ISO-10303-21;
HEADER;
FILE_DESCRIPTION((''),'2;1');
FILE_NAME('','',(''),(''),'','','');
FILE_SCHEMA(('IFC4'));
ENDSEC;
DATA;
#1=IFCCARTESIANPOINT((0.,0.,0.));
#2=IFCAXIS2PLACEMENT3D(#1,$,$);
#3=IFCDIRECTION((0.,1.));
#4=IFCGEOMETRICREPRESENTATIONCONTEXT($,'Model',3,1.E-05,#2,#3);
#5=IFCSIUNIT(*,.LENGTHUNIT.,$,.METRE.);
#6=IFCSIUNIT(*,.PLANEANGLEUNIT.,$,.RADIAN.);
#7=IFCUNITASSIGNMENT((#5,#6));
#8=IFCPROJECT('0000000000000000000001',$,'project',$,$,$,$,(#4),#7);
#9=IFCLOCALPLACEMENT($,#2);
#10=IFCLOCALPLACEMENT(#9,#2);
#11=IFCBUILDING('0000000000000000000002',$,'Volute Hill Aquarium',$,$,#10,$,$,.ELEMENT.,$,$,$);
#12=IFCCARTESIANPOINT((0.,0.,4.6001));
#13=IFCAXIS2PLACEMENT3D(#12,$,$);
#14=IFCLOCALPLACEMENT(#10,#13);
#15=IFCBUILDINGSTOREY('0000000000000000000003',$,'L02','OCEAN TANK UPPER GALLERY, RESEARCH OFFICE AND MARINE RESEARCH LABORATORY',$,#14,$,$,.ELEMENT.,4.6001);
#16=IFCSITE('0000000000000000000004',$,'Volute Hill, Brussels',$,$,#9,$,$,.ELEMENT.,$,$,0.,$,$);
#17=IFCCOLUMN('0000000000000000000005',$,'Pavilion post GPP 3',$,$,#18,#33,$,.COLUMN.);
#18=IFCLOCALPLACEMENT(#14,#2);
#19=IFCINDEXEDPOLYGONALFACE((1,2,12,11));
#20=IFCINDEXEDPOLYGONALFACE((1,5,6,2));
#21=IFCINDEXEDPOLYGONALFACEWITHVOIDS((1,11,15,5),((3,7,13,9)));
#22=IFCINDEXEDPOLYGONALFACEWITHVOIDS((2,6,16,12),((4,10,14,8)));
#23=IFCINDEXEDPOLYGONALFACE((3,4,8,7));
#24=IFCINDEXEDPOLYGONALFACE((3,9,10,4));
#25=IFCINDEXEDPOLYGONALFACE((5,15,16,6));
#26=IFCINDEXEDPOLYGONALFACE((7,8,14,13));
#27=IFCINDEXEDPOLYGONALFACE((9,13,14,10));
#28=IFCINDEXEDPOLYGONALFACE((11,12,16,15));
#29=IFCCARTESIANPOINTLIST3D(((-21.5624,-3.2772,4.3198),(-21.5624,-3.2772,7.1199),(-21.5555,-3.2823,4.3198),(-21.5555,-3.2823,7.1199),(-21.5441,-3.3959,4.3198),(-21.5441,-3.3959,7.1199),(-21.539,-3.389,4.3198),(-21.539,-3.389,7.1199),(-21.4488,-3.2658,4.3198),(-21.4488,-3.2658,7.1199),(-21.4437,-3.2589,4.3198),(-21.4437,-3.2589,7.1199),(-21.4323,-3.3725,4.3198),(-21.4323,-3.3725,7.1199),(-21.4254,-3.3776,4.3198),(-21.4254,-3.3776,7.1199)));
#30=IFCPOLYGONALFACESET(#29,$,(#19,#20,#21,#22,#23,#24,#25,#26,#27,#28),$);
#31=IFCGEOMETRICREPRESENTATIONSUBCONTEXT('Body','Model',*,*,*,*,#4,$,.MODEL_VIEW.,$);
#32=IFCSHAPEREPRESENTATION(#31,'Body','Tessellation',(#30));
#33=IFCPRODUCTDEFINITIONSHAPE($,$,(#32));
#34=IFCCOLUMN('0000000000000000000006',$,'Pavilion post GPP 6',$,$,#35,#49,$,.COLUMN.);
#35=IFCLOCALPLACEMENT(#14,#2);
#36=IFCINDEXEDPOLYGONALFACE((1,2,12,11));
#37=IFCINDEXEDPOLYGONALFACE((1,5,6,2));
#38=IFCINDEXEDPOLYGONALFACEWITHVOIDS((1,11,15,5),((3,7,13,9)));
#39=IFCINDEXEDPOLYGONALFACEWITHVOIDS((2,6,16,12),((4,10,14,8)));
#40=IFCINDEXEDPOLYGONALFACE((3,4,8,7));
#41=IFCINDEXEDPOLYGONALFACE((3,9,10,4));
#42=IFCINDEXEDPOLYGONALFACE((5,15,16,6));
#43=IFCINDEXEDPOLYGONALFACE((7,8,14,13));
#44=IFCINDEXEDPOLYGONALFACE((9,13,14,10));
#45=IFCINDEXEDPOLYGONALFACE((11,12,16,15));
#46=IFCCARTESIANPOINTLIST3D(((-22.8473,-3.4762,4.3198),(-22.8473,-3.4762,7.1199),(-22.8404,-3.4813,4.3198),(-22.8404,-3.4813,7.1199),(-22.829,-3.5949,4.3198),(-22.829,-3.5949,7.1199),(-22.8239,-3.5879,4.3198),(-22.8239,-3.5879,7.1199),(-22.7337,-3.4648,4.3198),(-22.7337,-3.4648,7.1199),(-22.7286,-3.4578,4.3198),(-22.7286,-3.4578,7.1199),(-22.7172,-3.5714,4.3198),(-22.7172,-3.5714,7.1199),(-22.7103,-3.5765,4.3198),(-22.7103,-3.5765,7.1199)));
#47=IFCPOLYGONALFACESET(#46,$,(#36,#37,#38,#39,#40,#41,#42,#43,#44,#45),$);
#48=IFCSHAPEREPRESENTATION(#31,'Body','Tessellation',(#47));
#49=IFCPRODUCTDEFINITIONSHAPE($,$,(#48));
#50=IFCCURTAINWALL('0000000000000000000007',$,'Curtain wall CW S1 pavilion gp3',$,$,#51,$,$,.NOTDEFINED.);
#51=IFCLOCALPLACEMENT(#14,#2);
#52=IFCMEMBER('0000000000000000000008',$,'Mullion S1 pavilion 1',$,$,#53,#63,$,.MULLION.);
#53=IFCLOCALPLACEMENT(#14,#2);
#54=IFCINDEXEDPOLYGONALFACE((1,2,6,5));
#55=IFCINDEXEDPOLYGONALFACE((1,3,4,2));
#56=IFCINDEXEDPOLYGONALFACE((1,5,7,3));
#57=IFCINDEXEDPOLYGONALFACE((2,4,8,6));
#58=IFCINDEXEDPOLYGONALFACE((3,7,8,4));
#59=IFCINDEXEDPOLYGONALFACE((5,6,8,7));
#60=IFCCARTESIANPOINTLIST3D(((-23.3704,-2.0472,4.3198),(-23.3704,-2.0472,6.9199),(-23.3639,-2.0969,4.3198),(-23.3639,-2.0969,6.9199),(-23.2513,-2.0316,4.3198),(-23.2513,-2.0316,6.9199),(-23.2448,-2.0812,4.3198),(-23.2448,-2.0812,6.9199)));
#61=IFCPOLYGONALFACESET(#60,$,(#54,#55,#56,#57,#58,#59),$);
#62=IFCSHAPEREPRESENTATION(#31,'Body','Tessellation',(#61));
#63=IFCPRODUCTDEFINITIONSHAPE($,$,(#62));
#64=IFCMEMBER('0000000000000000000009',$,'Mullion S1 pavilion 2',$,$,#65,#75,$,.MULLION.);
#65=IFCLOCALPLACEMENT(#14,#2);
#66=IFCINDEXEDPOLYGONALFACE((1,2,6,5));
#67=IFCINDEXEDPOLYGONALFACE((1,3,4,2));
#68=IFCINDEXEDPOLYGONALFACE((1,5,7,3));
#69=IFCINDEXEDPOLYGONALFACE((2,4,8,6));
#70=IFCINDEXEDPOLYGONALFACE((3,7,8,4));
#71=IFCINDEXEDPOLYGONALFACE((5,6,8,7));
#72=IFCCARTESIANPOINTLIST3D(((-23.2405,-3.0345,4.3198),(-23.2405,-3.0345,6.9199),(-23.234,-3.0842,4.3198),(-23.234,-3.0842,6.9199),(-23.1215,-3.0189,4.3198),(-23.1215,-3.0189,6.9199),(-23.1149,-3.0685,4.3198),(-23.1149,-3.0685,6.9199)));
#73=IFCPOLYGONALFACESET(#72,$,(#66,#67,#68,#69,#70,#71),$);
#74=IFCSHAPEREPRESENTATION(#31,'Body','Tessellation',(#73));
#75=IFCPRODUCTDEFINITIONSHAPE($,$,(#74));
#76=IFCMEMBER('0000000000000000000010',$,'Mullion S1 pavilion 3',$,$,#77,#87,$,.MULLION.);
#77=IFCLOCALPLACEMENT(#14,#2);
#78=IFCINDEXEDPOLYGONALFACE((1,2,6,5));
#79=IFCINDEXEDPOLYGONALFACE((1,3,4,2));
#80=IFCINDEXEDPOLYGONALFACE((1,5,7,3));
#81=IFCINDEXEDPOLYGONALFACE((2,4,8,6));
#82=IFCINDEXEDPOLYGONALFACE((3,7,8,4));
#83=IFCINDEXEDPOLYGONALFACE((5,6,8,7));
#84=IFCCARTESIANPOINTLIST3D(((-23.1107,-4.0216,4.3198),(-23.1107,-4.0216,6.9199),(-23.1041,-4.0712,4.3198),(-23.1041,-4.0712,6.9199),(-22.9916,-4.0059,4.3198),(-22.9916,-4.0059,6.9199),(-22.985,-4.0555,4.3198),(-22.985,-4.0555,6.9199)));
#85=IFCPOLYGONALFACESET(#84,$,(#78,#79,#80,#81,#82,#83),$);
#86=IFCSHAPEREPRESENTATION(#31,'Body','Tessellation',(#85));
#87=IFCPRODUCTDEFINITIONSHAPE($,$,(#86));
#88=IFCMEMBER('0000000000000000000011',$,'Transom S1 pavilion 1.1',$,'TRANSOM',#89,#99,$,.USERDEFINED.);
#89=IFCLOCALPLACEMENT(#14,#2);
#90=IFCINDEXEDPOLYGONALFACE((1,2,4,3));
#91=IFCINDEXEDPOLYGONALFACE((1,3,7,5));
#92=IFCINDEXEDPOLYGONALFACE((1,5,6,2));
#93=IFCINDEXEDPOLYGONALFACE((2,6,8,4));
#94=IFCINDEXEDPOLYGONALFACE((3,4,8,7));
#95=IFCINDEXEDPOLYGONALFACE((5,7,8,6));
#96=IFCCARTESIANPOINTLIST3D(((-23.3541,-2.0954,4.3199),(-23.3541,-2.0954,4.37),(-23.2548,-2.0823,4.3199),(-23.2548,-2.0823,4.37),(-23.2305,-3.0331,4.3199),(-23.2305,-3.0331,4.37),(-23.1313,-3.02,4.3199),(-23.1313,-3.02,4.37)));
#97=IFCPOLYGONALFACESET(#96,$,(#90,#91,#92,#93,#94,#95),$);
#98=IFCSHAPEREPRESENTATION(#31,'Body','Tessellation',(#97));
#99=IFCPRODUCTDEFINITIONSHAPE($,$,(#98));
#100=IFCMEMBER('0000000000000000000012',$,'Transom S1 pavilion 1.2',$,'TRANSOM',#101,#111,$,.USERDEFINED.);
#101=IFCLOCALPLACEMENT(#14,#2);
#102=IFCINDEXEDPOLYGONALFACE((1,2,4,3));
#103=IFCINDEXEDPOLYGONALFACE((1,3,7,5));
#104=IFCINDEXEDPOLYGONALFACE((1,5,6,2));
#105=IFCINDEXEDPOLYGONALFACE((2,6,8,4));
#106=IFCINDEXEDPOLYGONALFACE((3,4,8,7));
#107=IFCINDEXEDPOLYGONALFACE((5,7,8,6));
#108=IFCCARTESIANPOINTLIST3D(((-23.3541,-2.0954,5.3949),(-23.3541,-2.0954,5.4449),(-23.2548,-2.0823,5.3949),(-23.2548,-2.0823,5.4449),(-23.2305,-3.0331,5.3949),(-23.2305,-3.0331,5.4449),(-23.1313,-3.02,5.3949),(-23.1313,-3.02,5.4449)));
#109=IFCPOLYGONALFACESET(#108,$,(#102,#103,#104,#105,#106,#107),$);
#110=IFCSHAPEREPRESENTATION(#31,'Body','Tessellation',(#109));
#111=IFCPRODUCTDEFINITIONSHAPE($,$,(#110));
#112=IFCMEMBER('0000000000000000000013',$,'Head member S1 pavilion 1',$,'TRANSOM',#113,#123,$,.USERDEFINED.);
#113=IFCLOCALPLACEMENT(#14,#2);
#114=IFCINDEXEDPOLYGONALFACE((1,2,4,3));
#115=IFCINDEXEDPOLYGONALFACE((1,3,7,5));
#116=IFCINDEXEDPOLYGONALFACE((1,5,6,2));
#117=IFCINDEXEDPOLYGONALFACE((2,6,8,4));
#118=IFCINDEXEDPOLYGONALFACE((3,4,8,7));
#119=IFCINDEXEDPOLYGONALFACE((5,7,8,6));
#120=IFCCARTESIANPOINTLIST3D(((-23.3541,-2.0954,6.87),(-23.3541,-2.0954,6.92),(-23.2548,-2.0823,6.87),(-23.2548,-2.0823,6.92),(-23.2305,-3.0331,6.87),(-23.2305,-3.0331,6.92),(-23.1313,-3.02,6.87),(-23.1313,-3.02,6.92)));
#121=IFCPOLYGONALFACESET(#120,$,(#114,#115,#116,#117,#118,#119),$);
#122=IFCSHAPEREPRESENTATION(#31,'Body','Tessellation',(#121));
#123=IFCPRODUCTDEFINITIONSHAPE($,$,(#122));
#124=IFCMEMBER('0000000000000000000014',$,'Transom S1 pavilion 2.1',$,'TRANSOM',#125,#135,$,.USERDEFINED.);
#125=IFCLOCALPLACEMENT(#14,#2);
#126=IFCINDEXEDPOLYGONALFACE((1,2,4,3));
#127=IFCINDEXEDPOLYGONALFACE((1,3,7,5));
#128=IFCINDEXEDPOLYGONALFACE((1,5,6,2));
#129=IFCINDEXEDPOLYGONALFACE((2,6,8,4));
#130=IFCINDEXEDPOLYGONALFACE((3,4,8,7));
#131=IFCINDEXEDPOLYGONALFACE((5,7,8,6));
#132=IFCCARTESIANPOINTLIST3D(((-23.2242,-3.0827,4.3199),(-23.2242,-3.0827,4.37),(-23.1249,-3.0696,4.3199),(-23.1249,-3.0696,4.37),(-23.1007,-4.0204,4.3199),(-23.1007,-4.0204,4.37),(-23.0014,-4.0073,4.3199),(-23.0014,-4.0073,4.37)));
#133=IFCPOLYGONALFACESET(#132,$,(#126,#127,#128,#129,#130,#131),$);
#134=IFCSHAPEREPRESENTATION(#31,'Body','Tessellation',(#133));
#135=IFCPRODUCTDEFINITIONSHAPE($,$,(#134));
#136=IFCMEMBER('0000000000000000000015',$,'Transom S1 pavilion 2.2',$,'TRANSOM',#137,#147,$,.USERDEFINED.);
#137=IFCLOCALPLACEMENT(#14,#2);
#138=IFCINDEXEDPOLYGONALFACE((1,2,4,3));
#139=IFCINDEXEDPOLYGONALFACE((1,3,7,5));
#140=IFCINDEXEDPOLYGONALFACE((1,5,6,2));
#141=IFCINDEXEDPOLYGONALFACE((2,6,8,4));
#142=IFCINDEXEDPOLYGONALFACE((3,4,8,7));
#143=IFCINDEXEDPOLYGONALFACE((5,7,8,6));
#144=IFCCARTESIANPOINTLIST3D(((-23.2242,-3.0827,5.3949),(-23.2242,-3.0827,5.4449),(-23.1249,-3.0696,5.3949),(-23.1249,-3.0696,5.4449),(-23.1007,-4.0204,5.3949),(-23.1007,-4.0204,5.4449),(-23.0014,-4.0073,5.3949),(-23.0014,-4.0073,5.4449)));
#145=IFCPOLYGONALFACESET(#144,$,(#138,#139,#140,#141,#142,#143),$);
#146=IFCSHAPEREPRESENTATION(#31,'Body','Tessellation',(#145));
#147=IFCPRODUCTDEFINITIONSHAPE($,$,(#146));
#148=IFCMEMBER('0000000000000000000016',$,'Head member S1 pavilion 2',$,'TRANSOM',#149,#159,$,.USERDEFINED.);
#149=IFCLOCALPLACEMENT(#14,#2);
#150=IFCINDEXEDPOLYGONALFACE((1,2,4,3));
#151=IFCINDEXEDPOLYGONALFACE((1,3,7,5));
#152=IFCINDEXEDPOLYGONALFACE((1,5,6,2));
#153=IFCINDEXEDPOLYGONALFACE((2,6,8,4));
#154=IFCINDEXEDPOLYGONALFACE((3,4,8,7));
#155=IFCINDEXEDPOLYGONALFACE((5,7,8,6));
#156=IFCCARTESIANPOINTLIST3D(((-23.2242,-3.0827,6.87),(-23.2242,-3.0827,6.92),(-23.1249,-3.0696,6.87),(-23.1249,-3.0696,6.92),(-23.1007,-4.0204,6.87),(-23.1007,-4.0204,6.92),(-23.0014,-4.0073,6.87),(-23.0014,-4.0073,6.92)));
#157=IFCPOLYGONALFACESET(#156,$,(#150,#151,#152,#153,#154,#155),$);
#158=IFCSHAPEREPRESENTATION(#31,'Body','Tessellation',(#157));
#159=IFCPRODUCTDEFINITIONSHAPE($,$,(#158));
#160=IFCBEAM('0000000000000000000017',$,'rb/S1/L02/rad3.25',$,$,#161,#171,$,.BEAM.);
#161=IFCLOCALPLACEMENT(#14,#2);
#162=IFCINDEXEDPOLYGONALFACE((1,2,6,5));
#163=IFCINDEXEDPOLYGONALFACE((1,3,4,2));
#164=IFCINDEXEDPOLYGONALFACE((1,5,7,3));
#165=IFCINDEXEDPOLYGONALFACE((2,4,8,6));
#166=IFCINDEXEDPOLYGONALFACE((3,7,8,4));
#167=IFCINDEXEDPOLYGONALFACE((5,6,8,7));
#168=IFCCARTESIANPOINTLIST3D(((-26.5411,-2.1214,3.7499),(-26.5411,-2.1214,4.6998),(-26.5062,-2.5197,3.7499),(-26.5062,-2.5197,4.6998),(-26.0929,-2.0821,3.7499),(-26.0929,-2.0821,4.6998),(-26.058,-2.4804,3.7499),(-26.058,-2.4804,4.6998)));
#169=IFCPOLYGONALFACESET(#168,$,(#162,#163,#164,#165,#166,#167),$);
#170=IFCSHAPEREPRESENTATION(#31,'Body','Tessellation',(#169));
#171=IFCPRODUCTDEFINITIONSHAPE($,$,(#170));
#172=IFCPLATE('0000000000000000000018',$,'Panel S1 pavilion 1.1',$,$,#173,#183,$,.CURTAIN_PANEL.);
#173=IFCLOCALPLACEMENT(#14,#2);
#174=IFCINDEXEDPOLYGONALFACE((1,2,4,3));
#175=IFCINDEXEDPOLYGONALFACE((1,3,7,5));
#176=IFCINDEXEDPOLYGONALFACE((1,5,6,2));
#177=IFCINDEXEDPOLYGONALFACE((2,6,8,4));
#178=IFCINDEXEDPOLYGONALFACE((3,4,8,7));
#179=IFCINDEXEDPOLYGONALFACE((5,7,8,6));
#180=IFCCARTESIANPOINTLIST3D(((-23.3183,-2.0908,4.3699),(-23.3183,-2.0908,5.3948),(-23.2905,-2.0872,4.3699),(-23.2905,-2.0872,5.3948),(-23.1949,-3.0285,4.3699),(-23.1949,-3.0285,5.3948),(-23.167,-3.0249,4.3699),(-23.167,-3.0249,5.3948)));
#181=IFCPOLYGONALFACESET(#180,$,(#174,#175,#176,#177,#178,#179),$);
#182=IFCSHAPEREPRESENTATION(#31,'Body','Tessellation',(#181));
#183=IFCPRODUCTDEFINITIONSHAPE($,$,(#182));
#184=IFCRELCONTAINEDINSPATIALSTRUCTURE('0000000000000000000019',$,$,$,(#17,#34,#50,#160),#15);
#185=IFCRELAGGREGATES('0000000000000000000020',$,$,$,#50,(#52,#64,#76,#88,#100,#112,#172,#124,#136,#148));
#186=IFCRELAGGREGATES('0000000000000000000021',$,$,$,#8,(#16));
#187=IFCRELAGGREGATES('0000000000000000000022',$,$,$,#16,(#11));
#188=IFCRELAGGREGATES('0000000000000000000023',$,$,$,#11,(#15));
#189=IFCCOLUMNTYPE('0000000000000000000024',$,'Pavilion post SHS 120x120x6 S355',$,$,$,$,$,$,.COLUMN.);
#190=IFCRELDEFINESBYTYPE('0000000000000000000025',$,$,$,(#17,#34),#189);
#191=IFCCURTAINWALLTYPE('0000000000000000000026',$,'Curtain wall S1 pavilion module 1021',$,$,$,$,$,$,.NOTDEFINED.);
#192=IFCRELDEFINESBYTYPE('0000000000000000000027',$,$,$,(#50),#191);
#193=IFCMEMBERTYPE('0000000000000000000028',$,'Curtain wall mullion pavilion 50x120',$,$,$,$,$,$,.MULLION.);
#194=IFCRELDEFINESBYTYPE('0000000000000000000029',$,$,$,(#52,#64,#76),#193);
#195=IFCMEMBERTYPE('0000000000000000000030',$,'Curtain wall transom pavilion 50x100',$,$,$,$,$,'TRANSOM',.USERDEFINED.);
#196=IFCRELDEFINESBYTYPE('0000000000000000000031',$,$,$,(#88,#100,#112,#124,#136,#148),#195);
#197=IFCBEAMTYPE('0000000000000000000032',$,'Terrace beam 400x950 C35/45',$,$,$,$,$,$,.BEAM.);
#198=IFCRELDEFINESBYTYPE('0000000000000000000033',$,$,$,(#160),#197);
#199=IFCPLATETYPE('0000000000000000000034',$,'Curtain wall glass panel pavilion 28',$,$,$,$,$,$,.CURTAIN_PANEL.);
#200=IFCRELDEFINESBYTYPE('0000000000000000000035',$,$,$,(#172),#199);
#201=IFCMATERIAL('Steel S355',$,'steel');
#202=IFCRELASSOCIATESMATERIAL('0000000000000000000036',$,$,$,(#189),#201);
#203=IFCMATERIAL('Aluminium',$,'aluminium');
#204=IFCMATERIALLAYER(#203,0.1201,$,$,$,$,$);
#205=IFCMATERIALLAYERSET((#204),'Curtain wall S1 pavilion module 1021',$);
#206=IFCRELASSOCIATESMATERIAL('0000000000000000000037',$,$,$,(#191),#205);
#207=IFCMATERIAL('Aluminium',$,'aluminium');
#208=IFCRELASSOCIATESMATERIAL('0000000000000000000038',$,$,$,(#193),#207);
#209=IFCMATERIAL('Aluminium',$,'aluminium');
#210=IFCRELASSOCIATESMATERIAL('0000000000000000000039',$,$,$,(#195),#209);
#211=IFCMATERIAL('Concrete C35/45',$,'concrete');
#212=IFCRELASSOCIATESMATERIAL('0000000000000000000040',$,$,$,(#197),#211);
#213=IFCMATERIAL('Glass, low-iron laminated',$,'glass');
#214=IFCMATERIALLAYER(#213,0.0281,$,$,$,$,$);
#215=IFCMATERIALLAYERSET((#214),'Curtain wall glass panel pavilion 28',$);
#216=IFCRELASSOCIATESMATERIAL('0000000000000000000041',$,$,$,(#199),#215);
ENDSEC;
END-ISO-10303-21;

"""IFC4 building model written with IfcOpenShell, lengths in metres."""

from ifc_helpers import new_model, si_unit, direction, frame, origin, origin_2d, place, context, subcontext, project, spatial, rectangle, hollow_rectangle, extrude, material, layer, layer_set, material_profile, profile_set, type_object, element, aggregate, save


model = new_model("IFC4")

# Units and contexts
model_context = context("Model", 3, precision=1e-05, world=origin(), true_north=direction((0.0, 1.0)))
body_context = subcontext(model_context, "Body", "Model", "MODEL_VIEW")
ifc_project = project(units=[si_unit("LENGTHUNIT", "METRE"), si_unit("PLANEANGLEUNIT", "RADIAN")], contexts=[model_context])

# Site, building, storey
site_placement = place(None, origin())
site = spatial("IfcSite", under=ifc_project, at=site_placement, Name="Volute Hill, Brussels", CompositionType="ELEMENT", RefElevation=0.0)
building_placement = place(site_placement, origin())
building = spatial("IfcBuilding", under=site, at=building_placement, Name="Volute Hill Aquarium", CompositionType="ELEMENT")
storey_placement = place(building_placement, frame((0.0, 0.0, 4.6001)))
storey = spatial("IfcBuildingStorey", under=building, at=storey_placement, Name="L02", Description="OCEAN TANK UPPER GALLERY, RESEARCH OFFICE AND MARINE RESEARCH LABORATORY", CompositionType="ELEMENT", Elevation=4.6001)

# Columns
ifc_material_1 = material(Name="Steel S355", Category="steel")
ifc_material_profile_1 = material_profile(ifc_material_1, hollow_rectangle(XDim=0.1201, YDim=0.1201, WallThickness=0.0061, at=origin_2d()), Name="SHS 120x120x6")
ifc_profile_set_1 = profile_set([ifc_material_profile_1], Name="Steel S355")
column_type = type_object("IfcColumnType", Name="Pavilion post SHS 120x120x6 S355", PredefinedType="COLUMN", material=ifc_profile_set_1)
for number, where, z_axis, x_axis, name in (
    (1, (-21.4939, -3.3274, 4.3198), (0.0, 0.0, 1.0), (-0.988228, -0.152986, 0.0), "Pavilion post GPP 3"),
    (2, (-22.7788, -3.5264, 4.3198), (0.0, 0.0, 1.0), (-0.988228, -0.152986, 0.0), "Pavilion post GPP 6"),
):
    element("IfcColumn", number, at=place(storey_placement, frame(where, z_axis=z_axis, x_axis=x_axis)), inside=storey, type_object=column_type, Name=name, PredefinedType="COLUMN", context=body_context, shape_type="SweptSolid", body=[
        extrude(hollow_rectangle(XDim=0.1201, YDim=0.1201, WallThickness=0.0061, at=origin_2d()), origin(), (0.0, 0.0, 1.0), 2.8),
    ])

# Curtain wall, members
ifc_material_2 = material(Name="Aluminium", Category="aluminium")
ifc_layer_1 = layer(ifc_material_2, 0.1201)
ifc_layer_set_1 = layer_set([ifc_layer_1], Name="Curtain wall S1 pavilion module 1021")
curtain_wall_type = type_object("IfcCurtainWallType", Name="Curtain wall S1 pavilion module 1021", PredefinedType="NOTDEFINED", material=ifc_layer_set_1)
curtain_wall_placement = place(storey_placement, origin())
curtain_wall = element("IfcCurtainWall", 3, at=curtain_wall_placement, inside=storey, type_object=curtain_wall_type, Name="Curtain wall CW S1 pavilion gp3", PredefinedType="NOTDEFINED")
ifc_material_3 = material(Name="Aluminium", Category="aluminium")
ifc_material_profile_2 = material_profile(ifc_material_3, rectangle(XDim=0.1201, YDim=0.05, at=origin_2d()), Name="Curtain wall mullion pavilion 50x120")
ifc_profile_set_2 = profile_set([ifc_material_profile_2], Name="Aluminium")
member_type_1 = type_object("IfcMemberType", Name="Curtain wall mullion pavilion 50x120", PredefinedType="MULLION", material=ifc_profile_set_2)
member_1_placement = place(storey_placement, frame((-23.3076, -2.0642, 4.3198), z_axis=(0.0, 0.0, 1.0), x_axis=(0.991443, 0.130543, 0.0)))
member_1 = element("IfcMember", 4, at=member_1_placement, type_object=member_type_1, Name="Mullion S1 pavilion 1", PredefinedType="MULLION", context=body_context, shape_type="SweptSolid", body=[
    extrude(rectangle(XDim=0.1201, YDim=0.05, at=origin_2d()), origin(), (0.0, 0.0, 1.0), 2.6001),
])
member_2_placement = place(storey_placement, frame((-23.1777, -3.0515, 4.3198), z_axis=(0.0, 0.0, 1.0), x_axis=(0.991443, 0.130543, 0.0)))
member_2 = element("IfcMember", 5, at=member_2_placement, type_object=member_type_1, Name="Mullion S1 pavilion 2", PredefinedType="MULLION", context=body_context, shape_type="SweptSolid", body=[
    extrude(rectangle(XDim=0.1201, YDim=0.05, at=origin_2d()), origin(), (0.0, 0.0, 1.0), 2.6001),
])
member_3_placement = place(storey_placement, frame((-23.0479, -4.0386, 4.3198), z_axis=(0.0, 0.0, 1.0), x_axis=(0.991443, 0.130543, 0.0)))
member_3 = element("IfcMember", 6, at=member_3_placement, type_object=member_type_1, Name="Mullion S1 pavilion 3", PredefinedType="MULLION", context=body_context, shape_type="SweptSolid", body=[
    extrude(rectangle(XDim=0.1201, YDim=0.05, at=origin_2d()), origin(), (0.0, 0.0, 1.0), 2.6001),
])
ifc_material_4 = material(Name="Aluminium", Category="aluminium")
ifc_material_profile_3 = material_profile(ifc_material_4, rectangle(XDim=0.1001, YDim=0.05, at=origin_2d()), Name="Curtain wall transom pavilion 50x100")
ifc_profile_set_3 = profile_set([ifc_material_profile_3], Name="Aluminium")
member_type_2 = type_object("IfcMemberType", Name="Curtain wall transom pavilion 50x100", ElementType="TRANSOM", PredefinedType="USERDEFINED", material=ifc_profile_set_3)
member_4_placement = place(storey_placement, frame((-23.3044, -2.0889, 4.345), z_axis=(0.130608, -0.991434, 0.0), x_axis=(0.991434, 0.130608, 0.0)))
member_4 = element("IfcMember", 7, at=member_4_placement, type_object=member_type_2, Name="Transom S1 pavilion 1.1", ObjectType="TRANSOM", PredefinedType="USERDEFINED", context=body_context, shape_type="SweptSolid", body=[
    extrude(rectangle(XDim=0.1001, YDim=0.05, at=origin_2d()), origin(), (0.0, 0.0, 1.0), 0.9458),
])
member_5_placement = place(storey_placement, frame((-23.3044, -2.0889, 5.4199), z_axis=(0.130608, -0.991434, 0.0), x_axis=(0.991434, 0.130608, 0.0)))
member_5 = element("IfcMember", 8, at=member_5_placement, type_object=member_type_2, Name="Transom S1 pavilion 1.2", ObjectType="TRANSOM", PredefinedType="USERDEFINED", context=body_context, shape_type="SweptSolid", body=[
    extrude(rectangle(XDim=0.1001, YDim=0.05, at=origin_2d()), origin(), (0.0, 0.0, 1.0), 0.9458),
])
member_6_placement = place(storey_placement, frame((-23.3044, -2.0889, 6.895), z_axis=(0.130608, -0.991434, 0.0), x_axis=(0.991434, 0.130608, 0.0)))
member_6 = element("IfcMember", 9, at=member_6_placement, type_object=member_type_2, Name="Head member S1 pavilion 1", ObjectType="TRANSOM", PredefinedType="USERDEFINED", context=body_context, shape_type="SweptSolid", body=[
    extrude(rectangle(XDim=0.1001, YDim=0.05, at=origin_2d()), origin(), (0.0, 0.0, 1.0), 0.9458),
])
member_7_placement = place(storey_placement, frame((-23.1746, -3.0762, 4.345), z_axis=(0.130608, -0.991434, 0.0), x_axis=(0.991434, 0.130608, 0.0)))
member_7 = element("IfcMember", 10, at=member_7_placement, type_object=member_type_2, Name="Transom S1 pavilion 2.1", ObjectType="TRANSOM", PredefinedType="USERDEFINED", context=body_context, shape_type="SweptSolid", body=[
    extrude(rectangle(XDim=0.1001, YDim=0.05, at=origin_2d()), origin(), (0.0, 0.0, 1.0), 0.9458),
])
member_8_placement = place(storey_placement, frame((-23.1746, -3.0762, 5.4199), z_axis=(0.130608, -0.991434, 0.0), x_axis=(0.991434, 0.130608, 0.0)))
member_8 = element("IfcMember", 11, at=member_8_placement, type_object=member_type_2, Name="Transom S1 pavilion 2.2", ObjectType="TRANSOM", PredefinedType="USERDEFINED", context=body_context, shape_type="SweptSolid", body=[
    extrude(rectangle(XDim=0.1001, YDim=0.05, at=origin_2d()), origin(), (0.0, 0.0, 1.0), 0.9458),
])
member_9_placement = place(storey_placement, frame((-23.1746, -3.0762, 6.895), z_axis=(0.130608, -0.991434, 0.0), x_axis=(0.991434, 0.130608, 0.0)))
member_9 = element("IfcMember", 12, at=member_9_placement, type_object=member_type_2, Name="Head member S1 pavilion 2", ObjectType="TRANSOM", PredefinedType="USERDEFINED", context=body_context, shape_type="SweptSolid", body=[
    extrude(rectangle(XDim=0.1001, YDim=0.05, at=origin_2d()), origin(), (0.0, 0.0, 1.0), 0.9458),
])

# Beam
ifc_material_5 = material(Name="Concrete C35/45", Category="concrete")
ifc_material_profile_4 = material_profile(ifc_material_5, rectangle(XDim=0.3999, YDim=0.95, at=origin_2d()), Name="RC beam 400x950")
ifc_profile_set_4 = profile_set([ifc_material_profile_4], Name="Concrete C35/45")
beam_type = type_object("IfcBeamType", Name="Terrace beam 400x950 C35/45", PredefinedType="BEAM", material=ifc_profile_set_4)
beam_placement = place(storey_placement, frame((-26.0754, -2.2812, 4.2249), z_axis=(-0.996177, -0.087355, 0.0), x_axis=(0.087355, -0.996177, 0.0)))
element("IfcBeam", 13, at=beam_placement, inside=storey, type_object=beam_type, Name="rb/S1/L02/rad3.25", PredefinedType="BEAM", context=body_context, shape_type="SweptSolid", body=[
    extrude(rectangle(XDim=0.3999, YDim=0.95, at=origin_2d()), origin(), (0.0, 0.0, 1.0), 0.45),
])

# Plate
ifc_material_6 = material(Name="Glass, low-iron laminated", Category="glass")
ifc_layer_2 = layer(ifc_material_6, 0.0281)
ifc_layer_set_2 = layer_set([ifc_layer_2], Name="Curtain wall glass panel pavilion 28")
plate_type = type_object("IfcPlateType", Name="Curtain wall glass panel pavilion 28", PredefinedType="CURTAIN_PANEL", material=ifc_layer_set_2)
plate_1_placement = place(storey_placement, frame((-23.2427, -2.5579, 4.3699), z_axis=(0.0, 0.0, 1.0), x_axis=(0.130543, -0.991443, 0.0)))
plate_1 = element("IfcPlate", 14, at=plate_1_placement, type_object=plate_type, Name="Panel S1 pavilion 1.1", PredefinedType="CURTAIN_PANEL", context=body_context, shape_type="SweptSolid", body=[
    extrude(rectangle(XDim=0.9458, YDim=0.0281, at=origin_2d()), origin(), (0.0, 0.0, 1.0), 1.0249),
])
aggregate(curtain_wall, [member_1, member_2, member_3, member_4, member_5, member_6, plate_1, member_7, member_8, member_9])

save(model, "model.ifc")
